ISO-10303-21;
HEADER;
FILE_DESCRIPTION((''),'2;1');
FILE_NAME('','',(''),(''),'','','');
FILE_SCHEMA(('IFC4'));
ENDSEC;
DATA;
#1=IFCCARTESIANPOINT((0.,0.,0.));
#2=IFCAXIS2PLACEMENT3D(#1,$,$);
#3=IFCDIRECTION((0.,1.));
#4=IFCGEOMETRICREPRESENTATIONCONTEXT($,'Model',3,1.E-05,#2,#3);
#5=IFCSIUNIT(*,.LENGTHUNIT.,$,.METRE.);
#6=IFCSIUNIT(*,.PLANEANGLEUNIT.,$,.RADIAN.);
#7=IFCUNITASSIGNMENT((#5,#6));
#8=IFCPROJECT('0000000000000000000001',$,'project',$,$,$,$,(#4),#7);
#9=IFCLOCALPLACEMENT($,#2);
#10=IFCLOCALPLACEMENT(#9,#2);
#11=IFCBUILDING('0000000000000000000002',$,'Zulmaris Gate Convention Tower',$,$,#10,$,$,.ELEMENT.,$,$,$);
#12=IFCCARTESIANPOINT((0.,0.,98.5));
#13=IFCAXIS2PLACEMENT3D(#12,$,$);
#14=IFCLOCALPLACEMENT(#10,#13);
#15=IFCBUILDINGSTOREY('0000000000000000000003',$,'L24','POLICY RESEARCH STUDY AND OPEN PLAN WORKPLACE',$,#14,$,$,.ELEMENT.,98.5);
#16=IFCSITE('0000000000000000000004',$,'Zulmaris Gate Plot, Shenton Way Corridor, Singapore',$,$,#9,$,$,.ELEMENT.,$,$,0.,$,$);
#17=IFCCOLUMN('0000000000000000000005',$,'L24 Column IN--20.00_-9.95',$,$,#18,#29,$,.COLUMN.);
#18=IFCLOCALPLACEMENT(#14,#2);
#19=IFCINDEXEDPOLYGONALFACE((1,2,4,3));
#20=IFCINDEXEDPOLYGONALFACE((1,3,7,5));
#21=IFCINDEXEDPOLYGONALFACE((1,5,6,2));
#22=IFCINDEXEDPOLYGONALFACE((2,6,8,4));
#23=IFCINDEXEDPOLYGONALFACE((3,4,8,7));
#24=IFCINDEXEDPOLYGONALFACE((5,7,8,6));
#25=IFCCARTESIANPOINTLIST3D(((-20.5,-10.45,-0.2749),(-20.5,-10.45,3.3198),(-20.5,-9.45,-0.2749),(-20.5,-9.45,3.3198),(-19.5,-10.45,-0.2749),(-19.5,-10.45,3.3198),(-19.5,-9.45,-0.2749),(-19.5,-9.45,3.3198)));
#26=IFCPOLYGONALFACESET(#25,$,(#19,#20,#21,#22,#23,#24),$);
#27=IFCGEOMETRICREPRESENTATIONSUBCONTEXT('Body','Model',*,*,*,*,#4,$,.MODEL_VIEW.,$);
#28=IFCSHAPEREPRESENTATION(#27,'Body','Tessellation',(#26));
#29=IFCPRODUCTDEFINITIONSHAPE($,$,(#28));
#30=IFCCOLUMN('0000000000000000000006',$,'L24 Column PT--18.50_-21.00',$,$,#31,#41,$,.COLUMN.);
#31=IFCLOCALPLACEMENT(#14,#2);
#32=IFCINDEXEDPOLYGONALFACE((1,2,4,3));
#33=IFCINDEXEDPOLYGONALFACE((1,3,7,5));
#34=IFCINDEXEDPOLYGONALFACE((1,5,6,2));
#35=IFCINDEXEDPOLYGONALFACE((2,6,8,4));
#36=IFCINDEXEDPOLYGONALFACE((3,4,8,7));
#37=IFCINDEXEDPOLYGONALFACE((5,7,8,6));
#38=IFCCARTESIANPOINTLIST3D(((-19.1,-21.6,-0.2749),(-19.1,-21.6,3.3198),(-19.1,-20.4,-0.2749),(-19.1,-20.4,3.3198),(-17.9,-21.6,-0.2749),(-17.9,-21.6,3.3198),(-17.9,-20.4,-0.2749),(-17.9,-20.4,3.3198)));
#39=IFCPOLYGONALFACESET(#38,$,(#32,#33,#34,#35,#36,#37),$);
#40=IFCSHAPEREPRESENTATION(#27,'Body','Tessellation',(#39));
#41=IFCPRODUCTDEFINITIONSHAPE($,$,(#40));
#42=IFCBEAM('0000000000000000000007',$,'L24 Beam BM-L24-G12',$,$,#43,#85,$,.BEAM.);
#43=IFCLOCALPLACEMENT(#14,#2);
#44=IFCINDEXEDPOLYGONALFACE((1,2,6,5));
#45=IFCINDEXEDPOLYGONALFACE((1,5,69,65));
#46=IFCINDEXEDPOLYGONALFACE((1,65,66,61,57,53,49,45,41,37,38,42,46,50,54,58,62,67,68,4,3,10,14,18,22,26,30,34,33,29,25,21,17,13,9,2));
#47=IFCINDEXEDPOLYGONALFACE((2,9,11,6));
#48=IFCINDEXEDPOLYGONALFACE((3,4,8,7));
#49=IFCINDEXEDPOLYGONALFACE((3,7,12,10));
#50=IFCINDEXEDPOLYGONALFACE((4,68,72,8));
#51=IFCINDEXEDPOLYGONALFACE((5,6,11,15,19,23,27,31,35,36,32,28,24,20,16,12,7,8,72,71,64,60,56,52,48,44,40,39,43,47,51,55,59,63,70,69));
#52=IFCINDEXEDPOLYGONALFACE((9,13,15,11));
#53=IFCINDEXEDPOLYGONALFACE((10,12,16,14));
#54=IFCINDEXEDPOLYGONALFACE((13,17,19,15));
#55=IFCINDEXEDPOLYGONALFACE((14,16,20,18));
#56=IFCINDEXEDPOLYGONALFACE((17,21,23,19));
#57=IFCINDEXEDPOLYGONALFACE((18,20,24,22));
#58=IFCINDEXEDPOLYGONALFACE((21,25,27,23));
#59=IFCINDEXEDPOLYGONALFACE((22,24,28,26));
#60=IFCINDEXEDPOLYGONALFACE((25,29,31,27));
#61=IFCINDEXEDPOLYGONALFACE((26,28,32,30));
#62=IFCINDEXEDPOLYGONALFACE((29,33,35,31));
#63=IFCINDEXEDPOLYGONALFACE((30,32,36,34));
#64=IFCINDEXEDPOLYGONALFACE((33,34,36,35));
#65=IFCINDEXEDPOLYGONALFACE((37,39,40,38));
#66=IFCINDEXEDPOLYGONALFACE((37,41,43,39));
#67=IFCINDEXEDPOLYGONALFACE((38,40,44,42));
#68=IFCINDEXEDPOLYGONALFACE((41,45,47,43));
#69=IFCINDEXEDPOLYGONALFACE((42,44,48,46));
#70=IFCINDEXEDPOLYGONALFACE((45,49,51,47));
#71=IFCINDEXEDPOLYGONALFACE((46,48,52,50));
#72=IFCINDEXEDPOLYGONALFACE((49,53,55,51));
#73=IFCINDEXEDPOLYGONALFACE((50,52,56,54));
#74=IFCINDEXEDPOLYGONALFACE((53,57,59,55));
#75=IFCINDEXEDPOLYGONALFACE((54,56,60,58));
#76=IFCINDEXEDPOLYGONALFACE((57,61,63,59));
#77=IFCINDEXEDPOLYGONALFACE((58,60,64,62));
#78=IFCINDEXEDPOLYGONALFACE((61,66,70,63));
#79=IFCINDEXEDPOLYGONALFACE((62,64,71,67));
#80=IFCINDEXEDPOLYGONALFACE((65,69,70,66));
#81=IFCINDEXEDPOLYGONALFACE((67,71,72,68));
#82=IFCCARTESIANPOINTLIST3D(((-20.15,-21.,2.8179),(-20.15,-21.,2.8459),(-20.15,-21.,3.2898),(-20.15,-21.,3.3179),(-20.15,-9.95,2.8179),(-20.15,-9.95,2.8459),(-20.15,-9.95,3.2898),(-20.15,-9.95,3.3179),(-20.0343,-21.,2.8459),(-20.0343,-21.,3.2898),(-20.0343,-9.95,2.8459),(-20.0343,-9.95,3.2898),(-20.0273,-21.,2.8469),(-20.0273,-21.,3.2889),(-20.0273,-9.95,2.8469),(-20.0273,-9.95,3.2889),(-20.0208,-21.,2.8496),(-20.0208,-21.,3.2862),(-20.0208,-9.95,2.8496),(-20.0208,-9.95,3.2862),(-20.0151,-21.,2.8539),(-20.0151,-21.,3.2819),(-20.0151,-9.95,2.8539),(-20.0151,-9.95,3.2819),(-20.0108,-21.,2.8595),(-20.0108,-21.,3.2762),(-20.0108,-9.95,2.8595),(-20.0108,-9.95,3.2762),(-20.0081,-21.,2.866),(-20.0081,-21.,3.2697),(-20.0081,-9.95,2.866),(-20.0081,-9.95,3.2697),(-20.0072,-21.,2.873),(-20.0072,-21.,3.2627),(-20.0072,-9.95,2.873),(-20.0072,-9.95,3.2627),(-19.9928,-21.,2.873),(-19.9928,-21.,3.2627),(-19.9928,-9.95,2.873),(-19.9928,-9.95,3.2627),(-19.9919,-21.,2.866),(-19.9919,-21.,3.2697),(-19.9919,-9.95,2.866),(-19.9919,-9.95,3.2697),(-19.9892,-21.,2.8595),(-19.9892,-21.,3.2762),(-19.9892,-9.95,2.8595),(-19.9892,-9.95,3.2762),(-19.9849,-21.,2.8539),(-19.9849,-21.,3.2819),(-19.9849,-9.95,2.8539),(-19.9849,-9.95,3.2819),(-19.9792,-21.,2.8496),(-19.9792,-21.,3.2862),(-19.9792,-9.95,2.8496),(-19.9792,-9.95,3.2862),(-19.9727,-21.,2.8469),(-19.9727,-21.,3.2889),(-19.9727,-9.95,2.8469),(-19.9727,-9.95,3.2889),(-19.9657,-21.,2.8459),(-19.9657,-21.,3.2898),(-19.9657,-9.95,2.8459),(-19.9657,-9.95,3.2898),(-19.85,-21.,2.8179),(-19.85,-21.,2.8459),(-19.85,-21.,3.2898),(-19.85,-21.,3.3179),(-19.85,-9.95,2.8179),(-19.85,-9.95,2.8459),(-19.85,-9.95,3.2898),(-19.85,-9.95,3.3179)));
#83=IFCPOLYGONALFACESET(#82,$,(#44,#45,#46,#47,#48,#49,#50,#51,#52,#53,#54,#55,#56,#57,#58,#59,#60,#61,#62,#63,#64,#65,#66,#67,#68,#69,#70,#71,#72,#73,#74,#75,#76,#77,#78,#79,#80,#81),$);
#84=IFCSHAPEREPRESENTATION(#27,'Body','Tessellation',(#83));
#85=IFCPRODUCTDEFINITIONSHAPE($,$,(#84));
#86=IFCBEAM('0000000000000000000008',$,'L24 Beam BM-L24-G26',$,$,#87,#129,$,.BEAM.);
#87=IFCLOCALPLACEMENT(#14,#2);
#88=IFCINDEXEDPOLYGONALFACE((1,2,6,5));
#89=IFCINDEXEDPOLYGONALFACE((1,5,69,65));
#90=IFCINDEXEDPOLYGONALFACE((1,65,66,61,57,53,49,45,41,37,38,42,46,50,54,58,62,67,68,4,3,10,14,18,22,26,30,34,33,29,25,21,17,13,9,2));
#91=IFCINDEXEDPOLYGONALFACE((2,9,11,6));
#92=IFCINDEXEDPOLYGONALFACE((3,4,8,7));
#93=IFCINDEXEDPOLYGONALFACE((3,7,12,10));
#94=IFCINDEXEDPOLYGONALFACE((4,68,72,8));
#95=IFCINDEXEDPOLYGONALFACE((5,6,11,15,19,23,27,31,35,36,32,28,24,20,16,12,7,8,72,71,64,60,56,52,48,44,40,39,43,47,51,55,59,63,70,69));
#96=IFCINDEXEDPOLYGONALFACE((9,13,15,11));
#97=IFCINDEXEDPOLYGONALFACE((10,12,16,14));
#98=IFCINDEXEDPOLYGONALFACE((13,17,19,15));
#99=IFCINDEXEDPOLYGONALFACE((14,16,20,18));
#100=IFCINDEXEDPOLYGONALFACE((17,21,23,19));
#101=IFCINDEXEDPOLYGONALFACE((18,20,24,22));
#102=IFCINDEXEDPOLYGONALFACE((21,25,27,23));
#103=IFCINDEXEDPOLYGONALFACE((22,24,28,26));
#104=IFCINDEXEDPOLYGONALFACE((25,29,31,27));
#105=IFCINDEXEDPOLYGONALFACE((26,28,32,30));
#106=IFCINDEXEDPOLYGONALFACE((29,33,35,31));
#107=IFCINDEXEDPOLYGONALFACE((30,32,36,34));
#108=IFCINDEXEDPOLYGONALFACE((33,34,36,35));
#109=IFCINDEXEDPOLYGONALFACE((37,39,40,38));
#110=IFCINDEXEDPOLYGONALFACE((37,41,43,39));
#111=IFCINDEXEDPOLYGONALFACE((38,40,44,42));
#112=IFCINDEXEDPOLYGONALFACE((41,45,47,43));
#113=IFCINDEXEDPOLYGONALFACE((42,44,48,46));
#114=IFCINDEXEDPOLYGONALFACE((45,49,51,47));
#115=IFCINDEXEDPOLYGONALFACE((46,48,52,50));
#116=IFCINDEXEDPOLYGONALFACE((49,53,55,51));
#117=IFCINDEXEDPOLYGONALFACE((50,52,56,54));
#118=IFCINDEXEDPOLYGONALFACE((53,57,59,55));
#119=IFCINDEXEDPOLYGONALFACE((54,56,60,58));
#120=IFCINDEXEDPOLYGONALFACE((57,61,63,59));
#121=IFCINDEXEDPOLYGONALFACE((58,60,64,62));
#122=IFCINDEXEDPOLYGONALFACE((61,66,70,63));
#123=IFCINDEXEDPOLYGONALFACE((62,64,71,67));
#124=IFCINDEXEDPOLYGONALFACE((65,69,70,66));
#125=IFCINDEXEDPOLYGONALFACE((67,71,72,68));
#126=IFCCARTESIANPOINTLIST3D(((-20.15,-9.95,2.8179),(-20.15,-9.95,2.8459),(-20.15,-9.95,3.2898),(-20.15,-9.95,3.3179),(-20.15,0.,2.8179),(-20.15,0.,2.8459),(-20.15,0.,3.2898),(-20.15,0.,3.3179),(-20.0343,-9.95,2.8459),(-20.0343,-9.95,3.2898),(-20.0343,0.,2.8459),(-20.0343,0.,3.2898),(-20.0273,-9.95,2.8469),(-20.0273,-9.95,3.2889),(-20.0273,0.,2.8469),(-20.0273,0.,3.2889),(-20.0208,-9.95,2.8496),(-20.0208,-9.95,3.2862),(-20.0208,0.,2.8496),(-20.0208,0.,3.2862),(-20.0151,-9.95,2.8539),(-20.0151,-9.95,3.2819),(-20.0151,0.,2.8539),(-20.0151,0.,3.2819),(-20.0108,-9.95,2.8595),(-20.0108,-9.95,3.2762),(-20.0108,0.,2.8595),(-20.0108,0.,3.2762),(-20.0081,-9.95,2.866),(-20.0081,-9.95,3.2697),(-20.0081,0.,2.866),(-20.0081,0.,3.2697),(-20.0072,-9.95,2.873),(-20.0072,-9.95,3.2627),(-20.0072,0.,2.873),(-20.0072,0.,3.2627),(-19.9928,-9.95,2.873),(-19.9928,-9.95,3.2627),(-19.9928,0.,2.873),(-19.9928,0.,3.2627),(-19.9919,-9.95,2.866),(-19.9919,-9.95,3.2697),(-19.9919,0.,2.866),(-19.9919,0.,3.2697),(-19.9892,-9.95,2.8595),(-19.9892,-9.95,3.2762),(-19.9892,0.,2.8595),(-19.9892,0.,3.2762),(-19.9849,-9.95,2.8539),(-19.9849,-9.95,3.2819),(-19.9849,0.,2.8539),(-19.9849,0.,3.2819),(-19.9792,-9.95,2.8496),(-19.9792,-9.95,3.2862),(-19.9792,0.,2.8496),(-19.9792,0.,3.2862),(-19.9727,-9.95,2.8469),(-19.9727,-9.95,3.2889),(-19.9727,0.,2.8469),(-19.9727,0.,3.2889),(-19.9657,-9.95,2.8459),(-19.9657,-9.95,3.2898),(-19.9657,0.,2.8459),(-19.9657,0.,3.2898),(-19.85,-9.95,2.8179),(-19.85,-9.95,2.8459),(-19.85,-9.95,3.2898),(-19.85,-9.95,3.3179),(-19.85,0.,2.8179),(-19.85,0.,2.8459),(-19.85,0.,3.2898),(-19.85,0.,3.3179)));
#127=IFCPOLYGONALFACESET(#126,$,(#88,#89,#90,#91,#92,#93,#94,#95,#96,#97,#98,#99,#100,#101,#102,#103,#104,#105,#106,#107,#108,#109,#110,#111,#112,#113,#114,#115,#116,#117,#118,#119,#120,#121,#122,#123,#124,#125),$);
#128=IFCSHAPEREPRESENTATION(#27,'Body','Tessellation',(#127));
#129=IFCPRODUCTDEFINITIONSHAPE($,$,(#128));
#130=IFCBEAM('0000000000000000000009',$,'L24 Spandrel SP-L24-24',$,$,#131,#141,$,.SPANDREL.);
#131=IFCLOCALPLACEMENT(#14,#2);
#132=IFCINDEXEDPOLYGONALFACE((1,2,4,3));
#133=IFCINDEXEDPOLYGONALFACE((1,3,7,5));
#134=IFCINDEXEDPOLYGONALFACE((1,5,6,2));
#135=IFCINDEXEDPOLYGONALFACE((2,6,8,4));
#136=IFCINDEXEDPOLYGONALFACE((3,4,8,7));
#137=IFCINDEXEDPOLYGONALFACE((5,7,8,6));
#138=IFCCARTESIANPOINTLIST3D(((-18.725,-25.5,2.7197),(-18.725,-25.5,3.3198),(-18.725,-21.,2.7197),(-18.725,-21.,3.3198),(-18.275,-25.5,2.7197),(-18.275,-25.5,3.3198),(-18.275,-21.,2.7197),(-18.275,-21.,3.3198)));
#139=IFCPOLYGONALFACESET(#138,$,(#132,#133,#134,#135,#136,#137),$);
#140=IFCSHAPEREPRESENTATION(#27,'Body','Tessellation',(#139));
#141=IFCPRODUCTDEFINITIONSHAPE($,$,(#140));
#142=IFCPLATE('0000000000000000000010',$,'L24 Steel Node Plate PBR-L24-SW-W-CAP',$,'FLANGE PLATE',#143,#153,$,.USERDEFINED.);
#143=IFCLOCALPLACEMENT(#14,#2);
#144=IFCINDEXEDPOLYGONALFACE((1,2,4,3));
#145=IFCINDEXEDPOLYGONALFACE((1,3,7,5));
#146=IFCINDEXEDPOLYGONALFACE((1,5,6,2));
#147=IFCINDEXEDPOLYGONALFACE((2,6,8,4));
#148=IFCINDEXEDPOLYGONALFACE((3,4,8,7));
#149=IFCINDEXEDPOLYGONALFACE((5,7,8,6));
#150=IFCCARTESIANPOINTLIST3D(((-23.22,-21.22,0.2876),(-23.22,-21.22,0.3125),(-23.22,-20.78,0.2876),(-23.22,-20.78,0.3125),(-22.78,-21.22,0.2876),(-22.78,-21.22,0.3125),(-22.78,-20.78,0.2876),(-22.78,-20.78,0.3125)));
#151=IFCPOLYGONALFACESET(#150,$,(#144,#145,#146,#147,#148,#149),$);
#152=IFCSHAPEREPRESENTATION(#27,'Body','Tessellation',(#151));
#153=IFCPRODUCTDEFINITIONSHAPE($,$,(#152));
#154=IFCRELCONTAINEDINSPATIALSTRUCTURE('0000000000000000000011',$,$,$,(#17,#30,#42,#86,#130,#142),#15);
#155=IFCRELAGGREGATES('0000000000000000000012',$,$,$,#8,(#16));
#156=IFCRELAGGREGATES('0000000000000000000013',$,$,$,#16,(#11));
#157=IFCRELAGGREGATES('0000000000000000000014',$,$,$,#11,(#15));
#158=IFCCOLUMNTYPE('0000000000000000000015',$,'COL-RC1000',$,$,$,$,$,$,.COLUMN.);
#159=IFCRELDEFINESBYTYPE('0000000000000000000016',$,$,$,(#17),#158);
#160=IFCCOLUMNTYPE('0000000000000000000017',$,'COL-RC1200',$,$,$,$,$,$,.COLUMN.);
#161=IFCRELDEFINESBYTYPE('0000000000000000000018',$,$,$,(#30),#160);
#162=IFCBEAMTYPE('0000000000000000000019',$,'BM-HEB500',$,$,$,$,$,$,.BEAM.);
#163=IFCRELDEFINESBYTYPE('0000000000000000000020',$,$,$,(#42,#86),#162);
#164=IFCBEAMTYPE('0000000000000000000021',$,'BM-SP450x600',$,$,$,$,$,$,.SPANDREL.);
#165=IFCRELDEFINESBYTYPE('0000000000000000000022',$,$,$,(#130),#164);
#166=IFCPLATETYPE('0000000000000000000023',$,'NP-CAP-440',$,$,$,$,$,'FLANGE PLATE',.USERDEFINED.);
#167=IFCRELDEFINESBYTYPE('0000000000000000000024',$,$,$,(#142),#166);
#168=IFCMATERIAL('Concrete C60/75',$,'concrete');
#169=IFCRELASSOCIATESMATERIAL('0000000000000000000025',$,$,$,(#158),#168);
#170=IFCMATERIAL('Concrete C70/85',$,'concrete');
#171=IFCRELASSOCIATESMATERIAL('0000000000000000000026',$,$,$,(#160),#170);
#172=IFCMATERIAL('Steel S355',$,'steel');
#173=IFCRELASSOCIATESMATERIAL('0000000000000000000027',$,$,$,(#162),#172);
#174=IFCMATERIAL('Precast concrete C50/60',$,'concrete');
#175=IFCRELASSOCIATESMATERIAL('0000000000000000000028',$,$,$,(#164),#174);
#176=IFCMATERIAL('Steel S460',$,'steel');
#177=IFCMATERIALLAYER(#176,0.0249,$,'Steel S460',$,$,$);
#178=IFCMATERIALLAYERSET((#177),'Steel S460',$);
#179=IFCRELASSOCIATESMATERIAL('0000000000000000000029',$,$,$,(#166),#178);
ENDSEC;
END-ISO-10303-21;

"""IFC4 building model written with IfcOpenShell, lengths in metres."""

from ifc_helpers import new_model, si_unit, direction, frame, origin, origin_2d, place, context, subcontext, project, spatial, rectangle, i_section, extrude, material, layer, layer_set, material_profile, profile_set, type_object, element, save


model = new_model("IFC4")

# Units and contexts
model_context = context("Model", 3, precision=1e-05, world=origin(), true_north=direction((0.0, 1.0)))
body_context = subcontext(model_context, "Body", "Model", "MODEL_VIEW")
ifc_project = project(units=[si_unit("LENGTHUNIT", "METRE"), si_unit("PLANEANGLEUNIT", "RADIAN")], contexts=[model_context])

# Site, building, storey
site_placement = place(None, origin())
site = spatial("IfcSite", under=ifc_project, at=site_placement, Name="Zulmaris Gate Plot, Shenton Way Corridor, Singapore", CompositionType="ELEMENT", RefElevation=0.0)
building_placement = place(site_placement, origin())
building = spatial("IfcBuilding", under=site, at=building_placement, Name="Zulmaris Gate Convention Tower", CompositionType="ELEMENT")
storey_placement = place(building_placement, frame((0.0, 0.0, 98.5)))
storey = spatial("IfcBuildingStorey", under=building, at=storey_placement, Name="L24", Description="POLICY RESEARCH STUDY AND OPEN PLAN WORKPLACE", CompositionType="ELEMENT", Elevation=98.5)

# Columns
ifc_material_1 = material(Name="Concrete C60/75", Category="concrete")
ifc_material_profile_1 = material_profile(ifc_material_1, rectangle(XDim=1.0, YDim=1.0, at=origin_2d()), Name="RC COL 1000x1000")
ifc_profile_set_1 = profile_set([ifc_material_profile_1], Name="Concrete C60/75")
column_type_1 = type_object("IfcColumnType", Name="COL-RC1000", PredefinedType="COLUMN", material=ifc_profile_set_1)
column_1_placement = place(storey_placement, frame((-20.0, -9.95, -0.2749), z_axis=(0.0, 0.0, 1.0), x_axis=(1.0, 0.0, 0.0)))
element("IfcColumn", 1, at=column_1_placement, inside=storey, type_object=column_type_1, Name="L24 Column IN--20.00_-9.95", PredefinedType="COLUMN", context=body_context, shape_type="SweptSolid", body=[
    extrude(rectangle(XDim=1.0, YDim=1.0, at=origin_2d()), origin(), (0.0, 0.0, 1.0), 3.5947),
])
ifc_material_2 = material(Name="Concrete C70/85", Category="concrete")
ifc_material_profile_2 = material_profile(ifc_material_2, rectangle(XDim=1.2, YDim=1.2, at=origin_2d()), Name="RC COL 1200x1200")
ifc_profile_set_2 = profile_set([ifc_material_profile_2], Name="Concrete C70/85")
column_type_2 = type_object("IfcColumnType", Name="COL-RC1200", PredefinedType="COLUMN", material=ifc_profile_set_2)
column_2_placement = place(storey_placement, frame((-18.5, -21.0, -0.2749), z_axis=(0.0, 0.0, 1.0), x_axis=(1.0, 0.0, 0.0)))
element("IfcColumn", 2, at=column_2_placement, inside=storey, type_object=column_type_2, Name="L24 Column PT--18.50_-21.00", PredefinedType="COLUMN", context=body_context, shape_type="SweptSolid", body=[
    extrude(rectangle(XDim=1.2, YDim=1.2, at=origin_2d()), origin(), (0.0, 0.0, 1.0), 3.5947),
])

# Beams
ifc_material_3 = material(Name="Steel S355", Category="steel")
ifc_material_profile_3 = material_profile(ifc_material_3, i_section(OverallWidth=0.3, OverallDepth=0.5, WebThickness=0.0144, FlangeThickness=0.0281, FilletRadius=0.0271, at=origin_2d()), Name="HEB 500")
ifc_profile_set_3 = profile_set([ifc_material_profile_3], Name="Steel S355")
beam_type_1 = type_object("IfcBeamType", Name="BM-HEB500", PredefinedType="BEAM", material=ifc_profile_set_3)
beam_1_placement = place(storey_placement, frame((-20.0, -21.0, 3.0679), z_axis=(0.0, 1.0, 0.0), x_axis=(-1.0, 0.0, 0.0)))
element("IfcBeam", 3, at=beam_1_placement, inside=storey, type_object=beam_type_1, Name="L24 Beam BM-L24-G12", PredefinedType="BEAM", context=body_context, shape_type="SweptSolid", body=[
    extrude(i_section(OverallWidth=0.3, OverallDepth=0.5, WebThickness=0.0144, FlangeThickness=0.0281, FilletRadius=0.0271, at=origin_2d()), origin(), (0.0, 0.0, 1.0), 11.05),
])
beam_2_placement = place(storey_placement, frame((-20.0, -9.95, 3.0679), z_axis=(0.0, 1.0, 0.0), x_axis=(-1.0, 0.0, 0.0)))
element("IfcBeam", 4, at=beam_2_placement, inside=storey, type_object=beam_type_1, Name="L24 Beam BM-L24-G26", PredefinedType="BEAM", context=body_context, shape_type="SweptSolid", body=[
    extrude(i_section(OverallWidth=0.3, OverallDepth=0.5, WebThickness=0.0144, FlangeThickness=0.0281, FilletRadius=0.0271, at=origin_2d()), origin(), (0.0, 0.0, 1.0), 9.95),
])
ifc_material_4 = material(Name="Precast concrete C50/60", Category="concrete")
ifc_material_profile_4 = material_profile(ifc_material_4, rectangle(XDim=0.45, YDim=0.6001, at=origin_2d()), Name="RC SPANDREL 450x600")
ifc_profile_set_4 = profile_set([ifc_material_profile_4], Name="Precast concrete C50/60")
beam_type_2 = type_object("IfcBeamType", Name="BM-SP450x600", PredefinedType="SPANDREL", material=ifc_profile_set_4)
beam_3_placement = place(storey_placement, frame((-18.5, -21.0, 3.0198), z_axis=(0.0, -1.0, 0.0), x_axis=(1.0, 0.0, 0.0)))
element("IfcBeam", 5, at=beam_3_placement, inside=storey, type_object=beam_type_2, Name="L24 Spandrel SP-L24-24", PredefinedType="SPANDREL", context=body_context, shape_type="SweptSolid", body=[
    extrude(rectangle(XDim=0.45, YDim=0.6001, at=origin_2d()), origin(), (0.0, 0.0, 1.0), 4.5),
])

# Plate
ifc_material_5 = material(Name="Steel S460", Category="steel")
ifc_layer_1 = layer(ifc_material_5, 0.0249, Name="Steel S460")
ifc_layer_set_1 = layer_set([ifc_layer_1], Name="Steel S460")
plate_type = type_object("IfcPlateType", Name="NP-CAP-440", ElementType="FLANGE PLATE", PredefinedType="USERDEFINED", material=ifc_layer_set_1)
plate_placement = place(storey_placement, frame((-23.0, -21.0, 0.2876), z_axis=(0.0, 0.0, 1.0), x_axis=(1.0, 0.0, 0.0)))
element("IfcPlate", 6, at=plate_placement, inside=storey, type_object=plate_type, Name="L24 Steel Node Plate PBR-L24-SW-W-CAP", ObjectType="FLANGE PLATE", PredefinedType="USERDEFINED", context=body_context, shape_type="SweptSolid", body=[
    extrude(rectangle(XDim=0.4399, YDim=0.4399, at=origin_2d()), origin(), (0.0, 0.0, 1.0), 0.0249),
])

save(model, "model.ifc")
